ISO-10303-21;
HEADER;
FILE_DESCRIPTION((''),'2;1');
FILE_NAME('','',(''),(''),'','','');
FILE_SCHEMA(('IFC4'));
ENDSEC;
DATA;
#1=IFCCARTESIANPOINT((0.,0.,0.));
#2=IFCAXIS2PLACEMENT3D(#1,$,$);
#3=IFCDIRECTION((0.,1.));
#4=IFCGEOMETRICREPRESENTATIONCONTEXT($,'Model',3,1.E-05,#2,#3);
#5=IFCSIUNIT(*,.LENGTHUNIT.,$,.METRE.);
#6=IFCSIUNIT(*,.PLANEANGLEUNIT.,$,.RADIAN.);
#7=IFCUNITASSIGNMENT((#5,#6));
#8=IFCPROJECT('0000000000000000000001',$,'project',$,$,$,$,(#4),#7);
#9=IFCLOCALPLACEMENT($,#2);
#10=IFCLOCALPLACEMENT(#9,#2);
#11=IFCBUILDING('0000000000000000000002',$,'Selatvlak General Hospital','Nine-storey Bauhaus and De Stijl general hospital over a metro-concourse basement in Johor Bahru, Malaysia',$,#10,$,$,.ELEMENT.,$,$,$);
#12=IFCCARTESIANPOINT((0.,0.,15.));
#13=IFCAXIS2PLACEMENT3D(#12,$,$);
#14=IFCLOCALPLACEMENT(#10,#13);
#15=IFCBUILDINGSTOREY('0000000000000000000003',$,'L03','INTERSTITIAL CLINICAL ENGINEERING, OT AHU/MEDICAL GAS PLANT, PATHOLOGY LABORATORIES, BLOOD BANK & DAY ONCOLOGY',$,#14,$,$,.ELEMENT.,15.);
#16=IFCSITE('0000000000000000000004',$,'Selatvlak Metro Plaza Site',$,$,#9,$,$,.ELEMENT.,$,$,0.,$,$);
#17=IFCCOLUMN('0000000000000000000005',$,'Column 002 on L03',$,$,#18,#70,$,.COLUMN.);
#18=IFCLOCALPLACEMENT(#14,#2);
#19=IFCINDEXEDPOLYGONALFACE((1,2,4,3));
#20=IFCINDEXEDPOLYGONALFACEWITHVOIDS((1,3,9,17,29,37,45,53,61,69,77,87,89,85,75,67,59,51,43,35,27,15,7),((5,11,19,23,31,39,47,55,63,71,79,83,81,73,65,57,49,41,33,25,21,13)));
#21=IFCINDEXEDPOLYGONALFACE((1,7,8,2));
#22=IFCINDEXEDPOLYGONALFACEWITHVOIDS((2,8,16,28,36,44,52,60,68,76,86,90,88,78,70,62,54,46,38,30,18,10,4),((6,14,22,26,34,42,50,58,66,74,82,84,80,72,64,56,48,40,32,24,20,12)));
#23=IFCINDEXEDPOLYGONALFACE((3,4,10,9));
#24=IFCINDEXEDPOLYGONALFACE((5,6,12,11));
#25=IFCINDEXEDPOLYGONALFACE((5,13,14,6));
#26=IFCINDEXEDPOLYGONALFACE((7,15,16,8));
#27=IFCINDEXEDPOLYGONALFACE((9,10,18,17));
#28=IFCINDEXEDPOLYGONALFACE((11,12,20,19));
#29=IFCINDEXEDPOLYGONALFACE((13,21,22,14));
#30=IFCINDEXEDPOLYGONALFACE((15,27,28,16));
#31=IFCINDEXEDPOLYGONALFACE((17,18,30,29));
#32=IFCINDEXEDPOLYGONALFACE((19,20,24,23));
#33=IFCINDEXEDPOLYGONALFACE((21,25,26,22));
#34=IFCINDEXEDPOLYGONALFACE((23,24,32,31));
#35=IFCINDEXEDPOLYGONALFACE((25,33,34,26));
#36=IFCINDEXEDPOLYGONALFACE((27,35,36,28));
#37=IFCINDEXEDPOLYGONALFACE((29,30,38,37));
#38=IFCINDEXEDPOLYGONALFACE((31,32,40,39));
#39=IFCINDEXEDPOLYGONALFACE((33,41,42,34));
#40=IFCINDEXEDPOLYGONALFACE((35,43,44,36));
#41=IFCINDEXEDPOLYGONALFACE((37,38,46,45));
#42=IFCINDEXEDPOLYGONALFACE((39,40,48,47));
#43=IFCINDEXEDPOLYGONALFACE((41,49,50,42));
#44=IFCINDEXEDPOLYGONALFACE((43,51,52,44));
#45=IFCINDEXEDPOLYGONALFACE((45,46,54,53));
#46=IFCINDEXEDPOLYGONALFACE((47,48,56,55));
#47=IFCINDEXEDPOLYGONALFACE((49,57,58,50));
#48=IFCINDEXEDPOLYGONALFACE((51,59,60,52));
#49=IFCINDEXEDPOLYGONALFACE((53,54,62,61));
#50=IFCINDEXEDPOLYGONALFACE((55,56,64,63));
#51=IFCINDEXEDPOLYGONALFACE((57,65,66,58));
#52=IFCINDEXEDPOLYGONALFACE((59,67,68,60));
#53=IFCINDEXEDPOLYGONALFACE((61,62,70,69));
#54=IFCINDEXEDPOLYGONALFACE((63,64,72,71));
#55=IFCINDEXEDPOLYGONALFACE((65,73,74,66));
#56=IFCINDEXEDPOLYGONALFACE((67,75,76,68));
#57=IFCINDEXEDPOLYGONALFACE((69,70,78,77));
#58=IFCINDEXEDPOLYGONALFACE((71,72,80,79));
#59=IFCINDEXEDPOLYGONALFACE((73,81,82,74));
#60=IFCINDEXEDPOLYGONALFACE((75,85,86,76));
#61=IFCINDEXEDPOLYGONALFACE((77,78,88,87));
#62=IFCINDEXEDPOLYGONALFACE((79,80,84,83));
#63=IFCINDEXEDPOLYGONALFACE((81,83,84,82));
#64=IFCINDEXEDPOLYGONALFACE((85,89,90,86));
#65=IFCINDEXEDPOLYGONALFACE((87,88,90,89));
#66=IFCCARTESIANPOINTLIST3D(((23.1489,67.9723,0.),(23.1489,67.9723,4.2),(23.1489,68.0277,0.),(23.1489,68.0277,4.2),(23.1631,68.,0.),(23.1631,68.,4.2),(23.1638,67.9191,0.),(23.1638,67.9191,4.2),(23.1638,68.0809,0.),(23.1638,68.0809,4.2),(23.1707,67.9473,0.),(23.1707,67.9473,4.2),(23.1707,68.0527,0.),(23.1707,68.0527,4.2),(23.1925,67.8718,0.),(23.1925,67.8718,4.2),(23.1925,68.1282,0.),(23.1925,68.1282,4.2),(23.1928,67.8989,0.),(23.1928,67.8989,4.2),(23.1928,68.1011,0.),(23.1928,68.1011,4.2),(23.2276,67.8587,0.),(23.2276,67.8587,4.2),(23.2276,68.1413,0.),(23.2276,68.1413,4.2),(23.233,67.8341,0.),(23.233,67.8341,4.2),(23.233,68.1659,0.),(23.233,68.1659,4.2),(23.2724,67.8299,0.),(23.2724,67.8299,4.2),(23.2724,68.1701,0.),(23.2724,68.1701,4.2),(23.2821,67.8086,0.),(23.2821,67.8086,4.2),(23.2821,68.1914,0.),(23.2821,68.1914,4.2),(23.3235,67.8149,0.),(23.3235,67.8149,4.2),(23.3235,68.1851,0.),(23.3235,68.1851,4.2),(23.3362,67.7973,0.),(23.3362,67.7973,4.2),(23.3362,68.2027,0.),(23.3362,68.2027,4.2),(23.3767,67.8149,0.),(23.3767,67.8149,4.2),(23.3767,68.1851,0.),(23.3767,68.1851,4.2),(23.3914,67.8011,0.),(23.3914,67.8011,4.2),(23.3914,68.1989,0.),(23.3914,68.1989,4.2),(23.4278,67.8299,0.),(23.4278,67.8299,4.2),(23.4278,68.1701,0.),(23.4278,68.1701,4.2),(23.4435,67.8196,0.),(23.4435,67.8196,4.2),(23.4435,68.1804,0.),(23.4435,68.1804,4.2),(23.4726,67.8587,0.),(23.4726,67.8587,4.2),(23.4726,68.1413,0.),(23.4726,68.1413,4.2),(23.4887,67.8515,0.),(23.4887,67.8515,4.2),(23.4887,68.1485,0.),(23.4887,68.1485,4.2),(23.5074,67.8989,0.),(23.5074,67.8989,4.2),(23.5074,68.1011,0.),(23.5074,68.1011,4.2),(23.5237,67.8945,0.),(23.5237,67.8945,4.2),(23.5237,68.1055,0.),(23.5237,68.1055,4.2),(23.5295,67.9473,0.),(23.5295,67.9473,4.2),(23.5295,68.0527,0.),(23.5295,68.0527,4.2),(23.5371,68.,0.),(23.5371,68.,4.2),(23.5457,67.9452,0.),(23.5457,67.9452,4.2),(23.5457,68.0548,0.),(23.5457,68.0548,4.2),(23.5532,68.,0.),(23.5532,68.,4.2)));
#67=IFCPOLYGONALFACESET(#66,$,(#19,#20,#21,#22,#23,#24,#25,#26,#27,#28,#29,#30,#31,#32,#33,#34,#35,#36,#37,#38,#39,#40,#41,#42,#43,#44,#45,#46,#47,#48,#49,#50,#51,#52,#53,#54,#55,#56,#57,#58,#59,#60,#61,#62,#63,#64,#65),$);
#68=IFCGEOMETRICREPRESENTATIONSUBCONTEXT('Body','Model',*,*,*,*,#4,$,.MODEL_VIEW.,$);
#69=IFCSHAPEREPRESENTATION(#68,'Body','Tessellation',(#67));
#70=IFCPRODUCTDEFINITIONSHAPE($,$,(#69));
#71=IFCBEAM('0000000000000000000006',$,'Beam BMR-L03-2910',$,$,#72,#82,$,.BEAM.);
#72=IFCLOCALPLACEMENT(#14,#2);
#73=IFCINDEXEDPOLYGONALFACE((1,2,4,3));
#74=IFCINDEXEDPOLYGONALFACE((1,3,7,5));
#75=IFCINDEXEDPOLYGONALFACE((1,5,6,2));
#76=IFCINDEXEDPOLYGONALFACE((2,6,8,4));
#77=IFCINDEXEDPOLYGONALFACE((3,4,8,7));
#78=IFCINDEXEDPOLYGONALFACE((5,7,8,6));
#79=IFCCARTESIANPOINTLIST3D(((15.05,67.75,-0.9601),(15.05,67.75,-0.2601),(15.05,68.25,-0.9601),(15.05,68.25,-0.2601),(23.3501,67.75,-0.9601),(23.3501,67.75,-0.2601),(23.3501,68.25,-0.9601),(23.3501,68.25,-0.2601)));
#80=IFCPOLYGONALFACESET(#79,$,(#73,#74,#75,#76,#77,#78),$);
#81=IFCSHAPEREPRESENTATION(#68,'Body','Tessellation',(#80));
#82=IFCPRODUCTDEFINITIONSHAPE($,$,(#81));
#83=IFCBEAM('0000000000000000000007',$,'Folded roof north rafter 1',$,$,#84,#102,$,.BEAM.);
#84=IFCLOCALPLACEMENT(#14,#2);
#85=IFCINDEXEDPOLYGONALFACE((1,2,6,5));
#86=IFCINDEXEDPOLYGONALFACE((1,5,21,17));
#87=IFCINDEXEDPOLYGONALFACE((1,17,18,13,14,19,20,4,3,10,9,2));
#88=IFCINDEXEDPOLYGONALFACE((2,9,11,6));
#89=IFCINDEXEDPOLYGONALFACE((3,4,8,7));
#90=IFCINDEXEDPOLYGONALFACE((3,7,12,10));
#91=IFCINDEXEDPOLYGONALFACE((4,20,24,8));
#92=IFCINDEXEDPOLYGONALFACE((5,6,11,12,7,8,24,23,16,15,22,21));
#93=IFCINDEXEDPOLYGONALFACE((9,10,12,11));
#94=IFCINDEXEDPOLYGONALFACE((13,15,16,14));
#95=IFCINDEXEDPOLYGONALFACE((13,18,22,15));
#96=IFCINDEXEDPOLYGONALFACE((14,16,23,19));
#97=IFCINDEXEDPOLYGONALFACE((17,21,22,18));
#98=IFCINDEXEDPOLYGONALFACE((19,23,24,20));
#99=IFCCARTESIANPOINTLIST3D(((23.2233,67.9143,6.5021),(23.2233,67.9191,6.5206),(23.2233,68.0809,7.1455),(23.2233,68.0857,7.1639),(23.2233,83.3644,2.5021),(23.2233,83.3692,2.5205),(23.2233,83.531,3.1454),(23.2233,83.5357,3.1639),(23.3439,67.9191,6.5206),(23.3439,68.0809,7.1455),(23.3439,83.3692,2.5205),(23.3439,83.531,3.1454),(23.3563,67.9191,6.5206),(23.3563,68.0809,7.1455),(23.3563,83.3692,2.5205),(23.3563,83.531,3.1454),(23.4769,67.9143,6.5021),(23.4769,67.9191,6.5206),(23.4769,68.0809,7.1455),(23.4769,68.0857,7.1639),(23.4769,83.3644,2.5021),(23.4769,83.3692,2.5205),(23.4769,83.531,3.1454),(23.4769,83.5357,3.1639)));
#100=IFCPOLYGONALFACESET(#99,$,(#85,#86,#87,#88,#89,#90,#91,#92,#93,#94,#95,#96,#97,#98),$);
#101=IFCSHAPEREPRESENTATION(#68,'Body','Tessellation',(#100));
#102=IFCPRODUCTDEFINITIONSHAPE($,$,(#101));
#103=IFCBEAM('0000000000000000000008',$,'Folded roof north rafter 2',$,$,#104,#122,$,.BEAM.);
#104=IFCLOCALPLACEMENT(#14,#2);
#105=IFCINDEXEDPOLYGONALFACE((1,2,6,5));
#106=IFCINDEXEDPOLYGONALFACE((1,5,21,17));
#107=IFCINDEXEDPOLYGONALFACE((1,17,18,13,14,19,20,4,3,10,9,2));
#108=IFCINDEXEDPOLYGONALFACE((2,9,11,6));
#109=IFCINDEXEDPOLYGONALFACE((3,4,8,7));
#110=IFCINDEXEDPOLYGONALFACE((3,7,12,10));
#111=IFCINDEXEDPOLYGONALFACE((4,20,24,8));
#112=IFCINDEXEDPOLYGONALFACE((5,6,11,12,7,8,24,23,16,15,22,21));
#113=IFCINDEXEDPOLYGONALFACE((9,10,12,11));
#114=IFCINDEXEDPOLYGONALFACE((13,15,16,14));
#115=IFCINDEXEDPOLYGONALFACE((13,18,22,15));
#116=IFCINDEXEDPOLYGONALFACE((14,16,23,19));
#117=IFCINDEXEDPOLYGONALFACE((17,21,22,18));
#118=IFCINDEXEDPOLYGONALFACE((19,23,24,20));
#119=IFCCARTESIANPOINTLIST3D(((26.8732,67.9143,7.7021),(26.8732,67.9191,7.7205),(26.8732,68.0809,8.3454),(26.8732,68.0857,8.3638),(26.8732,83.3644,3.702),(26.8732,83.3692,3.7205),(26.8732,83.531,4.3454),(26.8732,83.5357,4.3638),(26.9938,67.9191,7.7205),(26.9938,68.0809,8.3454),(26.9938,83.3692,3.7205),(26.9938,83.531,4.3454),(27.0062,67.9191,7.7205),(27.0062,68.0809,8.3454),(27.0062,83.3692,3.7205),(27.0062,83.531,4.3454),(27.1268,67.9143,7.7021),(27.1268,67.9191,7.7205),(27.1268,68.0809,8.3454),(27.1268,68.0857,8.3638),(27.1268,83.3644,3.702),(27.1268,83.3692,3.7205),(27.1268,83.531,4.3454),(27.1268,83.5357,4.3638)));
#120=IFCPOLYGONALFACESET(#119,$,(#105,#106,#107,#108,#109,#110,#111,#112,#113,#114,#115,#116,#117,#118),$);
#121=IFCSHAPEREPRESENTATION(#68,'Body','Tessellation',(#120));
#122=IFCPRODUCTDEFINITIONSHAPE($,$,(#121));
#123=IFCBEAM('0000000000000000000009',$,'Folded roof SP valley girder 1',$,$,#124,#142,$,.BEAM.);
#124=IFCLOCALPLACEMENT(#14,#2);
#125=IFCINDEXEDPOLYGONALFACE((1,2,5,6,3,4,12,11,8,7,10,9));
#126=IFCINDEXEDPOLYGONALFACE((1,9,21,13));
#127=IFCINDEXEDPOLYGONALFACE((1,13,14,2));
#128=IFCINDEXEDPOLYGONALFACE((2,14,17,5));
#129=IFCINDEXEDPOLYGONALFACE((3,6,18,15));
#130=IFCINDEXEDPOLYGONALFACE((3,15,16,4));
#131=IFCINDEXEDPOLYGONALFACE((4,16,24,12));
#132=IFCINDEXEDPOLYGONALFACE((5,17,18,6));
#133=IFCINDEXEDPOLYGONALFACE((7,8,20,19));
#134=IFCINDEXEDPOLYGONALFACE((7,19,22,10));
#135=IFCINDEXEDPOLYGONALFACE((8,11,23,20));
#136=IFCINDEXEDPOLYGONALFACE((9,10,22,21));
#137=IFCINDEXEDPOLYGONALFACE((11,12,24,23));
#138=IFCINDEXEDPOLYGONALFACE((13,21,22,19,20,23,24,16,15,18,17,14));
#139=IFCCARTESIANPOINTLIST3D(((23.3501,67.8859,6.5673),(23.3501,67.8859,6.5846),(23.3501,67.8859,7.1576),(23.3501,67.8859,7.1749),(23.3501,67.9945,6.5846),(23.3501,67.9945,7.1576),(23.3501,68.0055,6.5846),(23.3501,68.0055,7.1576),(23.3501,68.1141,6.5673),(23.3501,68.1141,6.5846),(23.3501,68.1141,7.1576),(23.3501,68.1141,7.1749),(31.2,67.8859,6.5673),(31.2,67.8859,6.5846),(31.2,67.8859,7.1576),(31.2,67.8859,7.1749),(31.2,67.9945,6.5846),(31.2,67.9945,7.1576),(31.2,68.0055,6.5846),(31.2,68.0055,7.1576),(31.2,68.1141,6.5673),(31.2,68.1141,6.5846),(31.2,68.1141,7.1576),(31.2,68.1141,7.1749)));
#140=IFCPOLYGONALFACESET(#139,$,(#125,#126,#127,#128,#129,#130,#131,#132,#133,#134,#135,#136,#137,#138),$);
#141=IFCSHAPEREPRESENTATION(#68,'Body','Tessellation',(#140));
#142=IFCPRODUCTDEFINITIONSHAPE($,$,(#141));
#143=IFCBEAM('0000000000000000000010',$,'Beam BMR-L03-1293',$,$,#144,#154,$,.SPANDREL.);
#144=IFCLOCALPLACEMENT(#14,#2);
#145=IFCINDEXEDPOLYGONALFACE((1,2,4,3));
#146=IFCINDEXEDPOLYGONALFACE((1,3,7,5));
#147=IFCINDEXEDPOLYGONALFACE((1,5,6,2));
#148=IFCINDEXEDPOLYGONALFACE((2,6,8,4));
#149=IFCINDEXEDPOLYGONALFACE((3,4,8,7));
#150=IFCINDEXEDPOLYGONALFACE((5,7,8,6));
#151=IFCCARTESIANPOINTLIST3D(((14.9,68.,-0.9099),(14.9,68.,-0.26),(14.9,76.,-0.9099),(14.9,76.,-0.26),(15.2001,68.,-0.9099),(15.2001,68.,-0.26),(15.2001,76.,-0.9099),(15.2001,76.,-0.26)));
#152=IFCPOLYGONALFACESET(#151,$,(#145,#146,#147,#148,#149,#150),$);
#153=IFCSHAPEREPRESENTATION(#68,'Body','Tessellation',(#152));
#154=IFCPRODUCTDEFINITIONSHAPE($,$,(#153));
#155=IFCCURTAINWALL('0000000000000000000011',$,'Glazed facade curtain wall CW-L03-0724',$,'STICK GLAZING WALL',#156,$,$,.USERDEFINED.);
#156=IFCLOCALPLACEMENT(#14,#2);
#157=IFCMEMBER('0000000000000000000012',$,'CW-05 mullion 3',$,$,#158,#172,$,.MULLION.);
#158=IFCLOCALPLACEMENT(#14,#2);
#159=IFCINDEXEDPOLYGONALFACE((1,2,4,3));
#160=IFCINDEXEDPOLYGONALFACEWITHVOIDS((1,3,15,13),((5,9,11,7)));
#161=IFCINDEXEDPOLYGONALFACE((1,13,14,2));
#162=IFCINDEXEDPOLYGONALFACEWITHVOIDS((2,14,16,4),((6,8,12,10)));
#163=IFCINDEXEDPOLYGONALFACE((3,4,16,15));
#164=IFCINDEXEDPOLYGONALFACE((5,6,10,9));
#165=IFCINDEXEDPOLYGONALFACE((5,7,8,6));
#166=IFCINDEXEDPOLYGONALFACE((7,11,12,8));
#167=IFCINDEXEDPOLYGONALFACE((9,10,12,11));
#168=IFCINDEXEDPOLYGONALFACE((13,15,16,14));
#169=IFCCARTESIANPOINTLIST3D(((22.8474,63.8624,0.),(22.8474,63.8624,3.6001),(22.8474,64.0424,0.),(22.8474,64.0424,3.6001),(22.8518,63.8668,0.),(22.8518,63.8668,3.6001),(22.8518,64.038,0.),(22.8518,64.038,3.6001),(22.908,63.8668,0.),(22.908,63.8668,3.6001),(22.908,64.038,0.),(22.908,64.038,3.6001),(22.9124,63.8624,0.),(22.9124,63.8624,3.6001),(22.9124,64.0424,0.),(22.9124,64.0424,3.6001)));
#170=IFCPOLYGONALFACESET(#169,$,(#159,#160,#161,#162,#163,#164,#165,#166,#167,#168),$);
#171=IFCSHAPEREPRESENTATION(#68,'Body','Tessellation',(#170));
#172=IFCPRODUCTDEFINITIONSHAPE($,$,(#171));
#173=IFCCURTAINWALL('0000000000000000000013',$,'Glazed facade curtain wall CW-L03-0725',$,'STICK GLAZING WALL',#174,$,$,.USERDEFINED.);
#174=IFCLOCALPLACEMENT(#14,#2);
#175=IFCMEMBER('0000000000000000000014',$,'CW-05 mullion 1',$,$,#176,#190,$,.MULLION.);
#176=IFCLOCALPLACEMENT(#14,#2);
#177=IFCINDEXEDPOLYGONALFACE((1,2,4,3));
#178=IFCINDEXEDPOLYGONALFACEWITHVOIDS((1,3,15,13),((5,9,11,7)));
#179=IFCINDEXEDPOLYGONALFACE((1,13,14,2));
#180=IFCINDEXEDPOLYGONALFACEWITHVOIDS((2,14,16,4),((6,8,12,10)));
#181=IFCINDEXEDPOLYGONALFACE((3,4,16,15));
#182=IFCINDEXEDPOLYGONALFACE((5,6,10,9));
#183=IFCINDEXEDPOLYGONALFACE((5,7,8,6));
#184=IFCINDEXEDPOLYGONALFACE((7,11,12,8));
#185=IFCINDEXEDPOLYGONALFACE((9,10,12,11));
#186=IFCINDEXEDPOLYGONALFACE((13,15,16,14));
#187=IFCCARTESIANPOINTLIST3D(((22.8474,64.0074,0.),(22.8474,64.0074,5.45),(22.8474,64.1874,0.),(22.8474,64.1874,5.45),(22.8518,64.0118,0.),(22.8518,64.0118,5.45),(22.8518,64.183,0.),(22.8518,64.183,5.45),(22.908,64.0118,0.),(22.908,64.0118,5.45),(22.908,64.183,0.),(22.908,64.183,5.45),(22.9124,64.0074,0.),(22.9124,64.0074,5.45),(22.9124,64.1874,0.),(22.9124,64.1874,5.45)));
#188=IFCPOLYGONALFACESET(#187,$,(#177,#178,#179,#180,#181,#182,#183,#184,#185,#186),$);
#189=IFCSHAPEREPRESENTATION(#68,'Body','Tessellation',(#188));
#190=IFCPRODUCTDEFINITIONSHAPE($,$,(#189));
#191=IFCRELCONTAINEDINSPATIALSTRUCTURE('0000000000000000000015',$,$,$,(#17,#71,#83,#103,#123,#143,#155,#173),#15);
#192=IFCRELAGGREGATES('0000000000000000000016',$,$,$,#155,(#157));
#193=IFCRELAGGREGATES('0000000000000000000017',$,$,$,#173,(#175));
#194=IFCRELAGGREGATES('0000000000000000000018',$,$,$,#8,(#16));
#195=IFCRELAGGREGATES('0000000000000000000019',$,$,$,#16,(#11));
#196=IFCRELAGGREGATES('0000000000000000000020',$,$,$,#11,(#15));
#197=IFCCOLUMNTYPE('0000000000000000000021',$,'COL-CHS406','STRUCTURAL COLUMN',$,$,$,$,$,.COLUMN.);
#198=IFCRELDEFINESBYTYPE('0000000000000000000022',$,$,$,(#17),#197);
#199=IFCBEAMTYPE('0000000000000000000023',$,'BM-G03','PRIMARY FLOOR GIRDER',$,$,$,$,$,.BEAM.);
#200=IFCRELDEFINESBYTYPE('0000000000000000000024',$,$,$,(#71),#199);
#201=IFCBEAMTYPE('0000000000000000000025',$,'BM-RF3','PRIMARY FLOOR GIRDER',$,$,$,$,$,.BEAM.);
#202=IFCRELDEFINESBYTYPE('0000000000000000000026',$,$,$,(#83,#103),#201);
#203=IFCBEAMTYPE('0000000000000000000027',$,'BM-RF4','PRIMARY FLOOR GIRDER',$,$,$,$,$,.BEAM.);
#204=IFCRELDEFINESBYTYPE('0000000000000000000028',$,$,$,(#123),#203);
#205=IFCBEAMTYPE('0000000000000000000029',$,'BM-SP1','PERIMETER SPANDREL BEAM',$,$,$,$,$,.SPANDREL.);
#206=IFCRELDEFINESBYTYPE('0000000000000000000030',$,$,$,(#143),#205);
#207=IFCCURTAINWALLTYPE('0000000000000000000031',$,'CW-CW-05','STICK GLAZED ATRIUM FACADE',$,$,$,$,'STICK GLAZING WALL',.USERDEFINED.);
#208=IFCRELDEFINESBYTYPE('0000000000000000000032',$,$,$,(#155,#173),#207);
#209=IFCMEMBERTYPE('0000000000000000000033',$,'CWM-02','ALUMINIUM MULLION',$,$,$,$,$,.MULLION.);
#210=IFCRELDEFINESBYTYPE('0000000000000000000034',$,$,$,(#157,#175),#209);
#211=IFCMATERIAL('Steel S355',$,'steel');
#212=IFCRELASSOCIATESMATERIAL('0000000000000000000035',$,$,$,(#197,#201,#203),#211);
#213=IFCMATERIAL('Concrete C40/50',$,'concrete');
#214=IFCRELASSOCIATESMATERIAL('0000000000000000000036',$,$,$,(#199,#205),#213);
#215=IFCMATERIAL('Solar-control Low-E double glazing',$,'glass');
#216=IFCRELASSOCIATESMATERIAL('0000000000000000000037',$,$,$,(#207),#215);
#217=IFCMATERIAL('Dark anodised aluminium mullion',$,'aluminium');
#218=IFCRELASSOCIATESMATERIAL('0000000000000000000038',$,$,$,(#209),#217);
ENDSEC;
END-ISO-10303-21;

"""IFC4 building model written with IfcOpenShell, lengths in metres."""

from ifc_helpers import new_model, si_unit, direction, frame, origin, origin_2d, place, context, subcontext, project, spatial, rectangle, hollow_rectangle, hollow_circle, i_section, extrude, material, material_profile, profile_set, type_object, element, aggregate, save


model = new_model("IFC4")

# Units and contexts
model_context = context("Model", 3, precision=1e-05, world=origin(), true_north=direction((0.0, 1.0)))
body_context = subcontext(model_context, "Body", "Model", "MODEL_VIEW")
ifc_project = project(units=[si_unit("LENGTHUNIT", "METRE"), si_unit("PLANEANGLEUNIT", "RADIAN")], contexts=[model_context])

# Site, building, storey
site_placement = place(None, origin())
site = spatial("IfcSite", under=ifc_project, at=site_placement, Name="Selatvlak Metro Plaza Site", CompositionType="ELEMENT", RefElevation=0.0)
building_placement = place(site_placement, origin())
building = spatial("IfcBuilding", under=site, at=building_placement, Name="Selatvlak General Hospital", Description="Nine-storey Bauhaus and De Stijl general hospital over a metro-concourse basement in Johor Bahru, Malaysia", CompositionType="ELEMENT")
storey_placement = place(building_placement, frame((0.0, 0.0, 15.0)))
storey = spatial("IfcBuildingStorey", under=building, at=storey_placement, Name="L03", Description="INTERSTITIAL CLINICAL ENGINEERING, OT AHU/MEDICAL GAS PLANT, PATHOLOGY LABORATORIES, BLOOD BANK & DAY ONCOLOGY", CompositionType="ELEMENT", Elevation=15.0)

# Column
ifc_material_1 = material(Name="Steel S355", Category="steel")
ifc_material_profile_1 = material_profile(ifc_material_1, hollow_circle(Radius=0.2031, WallThickness=0.0161, at=origin_2d()), Name="CHS 406.4x16")
ifc_profile_set_1 = profile_set([ifc_material_profile_1], Name="Steel S355")
column_type = type_object("IfcColumnType", Name="COL-CHS406", Description="STRUCTURAL COLUMN", PredefinedType="COLUMN", material=ifc_profile_set_1)
column_placement = place(storey_placement, frame((23.3501, 68.0, 0.0), z_axis=(0.0, 0.0, 1.0), x_axis=(1.0, 0.0, 0.0)))
element("IfcColumn", 1, at=column_placement, inside=storey, type_object=column_type, Name="Column 002 on L03", PredefinedType="COLUMN", context=body_context, shape_type="SweptSolid", body=[
    extrude(hollow_circle(Radius=0.2031, WallThickness=0.0161, at=origin_2d()), origin(), (0.0, 0.0, 1.0), 4.2),
])

# Beams
ifc_material_2 = material(Name="Concrete C40/50", Category="concrete")
ifc_material_profile_2 = material_profile(ifc_material_2, rectangle(XDim=0.5, YDim=0.7, at=origin_2d()), Name="RC-BM 500x700")
ifc_profile_set_2 = profile_set([ifc_material_profile_2], Name="Concrete C40/50")
beam_type_1 = type_object("IfcBeamType", Name="BM-G03", Description="PRIMARY FLOOR GIRDER", PredefinedType="BEAM", material=ifc_profile_set_2)
beam_1_placement = place(storey_placement, frame((15.05, 68.0, -0.6101), z_axis=(1.0, 0.0, 0.0), x_axis=(0.0, 1.0, 0.0)))
element("IfcBeam", 2, at=beam_1_placement, inside=storey, type_object=beam_type_1, Name="Beam BMR-L03-2910", PredefinedType="BEAM", context=body_context, shape_type="SweptSolid", body=[
    extrude(rectangle(XDim=0.5, YDim=0.7, at=origin_2d()), origin(), (0.0, 0.0, 1.0), 8.3),
])
ifc_material_profile_3 = material_profile(ifc_material_1, i_section(OverallWidth=0.2537, OverallDepth=0.6836, WebThickness=0.0125, FlangeThickness=0.019, at=origin_2d()), Name="UB 686x254x140")
ifc_profile_set_3 = profile_set([ifc_material_profile_3], Name="Steel S355")
beam_type_2 = type_object("IfcBeamType", Name="BM-RF3", Description="PRIMARY FLOOR GIRDER", PredefinedType="BEAM", material=ifc_profile_set_3)
for number, where, z_axis, x_axis, name in (
    (3, (23.3501, 68.0, 6.833), (0.0, 0.968081, -0.250637), (-1.0, 0.0, 0.0), "Folded roof north rafter 1"),
    (4, (27.0, 68.0, 8.033), (0.0, 0.968081, -0.250637), (-1.0, 0.0, 0.0), "Folded roof north rafter 2"),
):
    element("IfcBeam", number, at=place(storey_placement, frame(where, z_axis=z_axis, x_axis=x_axis)), inside=storey, type_object=beam_type_2, Name=name, PredefinedType="BEAM", context=body_context, shape_type="SweptSolid", body=[
        extrude(i_section(OverallWidth=0.2537, OverallDepth=0.6836, WebThickness=0.0125, FlangeThickness=0.019, at=origin_2d()), origin(), (0.0, 0.0, 1.0), 15.9595),
    ])
ifc_material_profile_4 = material_profile(ifc_material_1, i_section(OverallWidth=0.2283, OverallDepth=0.6077, WebThickness=0.011, FlangeThickness=0.0173, at=origin_2d()), Name="UB 610x229x113")
ifc_profile_set_4 = profile_set([ifc_material_profile_4], Name="Steel S355")
beam_type_3 = type_object("IfcBeamType", Name="BM-RF4", Description="PRIMARY FLOOR GIRDER", PredefinedType="BEAM", material=ifc_profile_set_4)
beam_2_placement = place(storey_placement, frame((23.3501, 68.0, 6.8711), z_axis=(1.0, 0.0, 0.0), x_axis=(0.0, 1.0, 0.0)))
element("IfcBeam", 5, at=beam_2_placement, inside=storey, type_object=beam_type_3, Name="Folded roof SP valley girder 1", PredefinedType="BEAM", context=body_context, shape_type="SweptSolid", body=[
    extrude(i_section(OverallWidth=0.2283, OverallDepth=0.6077, WebThickness=0.011, FlangeThickness=0.0173, at=origin_2d()), origin(), (0.0, 0.0, 1.0), 7.8499),
])
ifc_material_profile_5 = material_profile(ifc_material_2, rectangle(XDim=0.3, YDim=0.6499, at=origin_2d()), Name="RC-SP 300x650")
ifc_profile_set_5 = profile_set([ifc_material_profile_5], Name="Concrete C40/50")
beam_type_4 = type_object("IfcBeamType", Name="BM-SP1", Description="PERIMETER SPANDREL BEAM", PredefinedType="SPANDREL", material=ifc_profile_set_5)
beam_3_placement = place(storey_placement, frame((15.05, 68.0, -0.585), z_axis=(0.0, 1.0, 0.0), x_axis=(-1.0, 0.0, 0.0)))
element("IfcBeam", 6, at=beam_3_placement, inside=storey, type_object=beam_type_4, Name="Beam BMR-L03-1293", PredefinedType="SPANDREL", context=body_context, shape_type="SweptSolid", body=[
    extrude(rectangle(XDim=0.3, YDim=0.6499, at=origin_2d()), origin(), (0.0, 0.0, 1.0), 8.0),
])

# Curtain wall, member
ifc_material_3 = material(Name="Solar-control Low-E double glazing", Category="glass")
curtain_wall_type = type_object("IfcCurtainWallType", Name="CW-CW-05", Description="STICK GLAZED ATRIUM FACADE", ElementType="STICK GLAZING WALL", PredefinedType="USERDEFINED", material=ifc_material_3)
curtain_wall_1_placement = place(storey_placement, origin())
curtain_wall_1 = element("IfcCurtainWall", 7, at=curtain_wall_1_placement, inside=storey, type_object=curtain_wall_type, Name="Glazed facade curtain wall CW-L03-0724", ObjectType="STICK GLAZING WALL", PredefinedType="USERDEFINED")
ifc_material_4 = material(Name="Dark anodised aluminium mullion", Category="aluminium")
ifc_material_profile_6 = material_profile(ifc_material_4, hollow_rectangle(XDim=0.0649, YDim=0.1799, WallThickness=0.0044, at=origin_2d()), Name="AL-MUL 65x180x4.5")
ifc_profile_set_6 = profile_set([ifc_material_profile_6], Name="Dark anodised aluminium mullion")
member_type_1 = type_object("IfcMemberType", Name="CWM-02", Description="ALUMINIUM MULLION", PredefinedType="MULLION", material=ifc_profile_set_6)
member_1_placement = place(storey_placement, frame((22.8799, 63.9524, 0.0), z_axis=(0.0, 0.0, 1.0), x_axis=(-1.0, 0.0, 0.0)))
member_1 = element("IfcMember", 8, at=member_1_placement, type_object=member_type_1, Name="CW-05 mullion 3", PredefinedType="MULLION", context=body_context, shape_type="SweptSolid", body=[
    extrude(hollow_rectangle(XDim=0.0649, YDim=0.1799, WallThickness=0.0044, at=origin_2d()), origin(), (0.0, 0.0, 1.0), 3.6001),
])

# Curtain wall, member
curtain_wall_2_placement = place(storey_placement, origin())
curtain_wall_2 = element("IfcCurtainWall", 9, at=curtain_wall_2_placement, inside=storey, type_object=curtain_wall_type, Name="Glazed facade curtain wall CW-L03-0725", ObjectType="STICK GLAZING WALL", PredefinedType="USERDEFINED")
member_2_placement = place(storey_placement, frame((22.8799, 64.0974, 0.0), z_axis=(0.0, 0.0, 1.0), x_axis=(-1.0, 0.0, 0.0)))
member_2 = element("IfcMember", 10, at=member_2_placement, type_object=member_type_1, Name="CW-05 mullion 1", PredefinedType="MULLION", context=body_context, shape_type="SweptSolid", body=[
    extrude(hollow_rectangle(XDim=0.0649, YDim=0.1799, WallThickness=0.0044, at=origin_2d()), origin(), (0.0, 0.0, 1.0), 5.45),
])

aggregate(curtain_wall_1, [member_1])
aggregate(curtain_wall_2, [member_2])

save(model, "model.ifc")
